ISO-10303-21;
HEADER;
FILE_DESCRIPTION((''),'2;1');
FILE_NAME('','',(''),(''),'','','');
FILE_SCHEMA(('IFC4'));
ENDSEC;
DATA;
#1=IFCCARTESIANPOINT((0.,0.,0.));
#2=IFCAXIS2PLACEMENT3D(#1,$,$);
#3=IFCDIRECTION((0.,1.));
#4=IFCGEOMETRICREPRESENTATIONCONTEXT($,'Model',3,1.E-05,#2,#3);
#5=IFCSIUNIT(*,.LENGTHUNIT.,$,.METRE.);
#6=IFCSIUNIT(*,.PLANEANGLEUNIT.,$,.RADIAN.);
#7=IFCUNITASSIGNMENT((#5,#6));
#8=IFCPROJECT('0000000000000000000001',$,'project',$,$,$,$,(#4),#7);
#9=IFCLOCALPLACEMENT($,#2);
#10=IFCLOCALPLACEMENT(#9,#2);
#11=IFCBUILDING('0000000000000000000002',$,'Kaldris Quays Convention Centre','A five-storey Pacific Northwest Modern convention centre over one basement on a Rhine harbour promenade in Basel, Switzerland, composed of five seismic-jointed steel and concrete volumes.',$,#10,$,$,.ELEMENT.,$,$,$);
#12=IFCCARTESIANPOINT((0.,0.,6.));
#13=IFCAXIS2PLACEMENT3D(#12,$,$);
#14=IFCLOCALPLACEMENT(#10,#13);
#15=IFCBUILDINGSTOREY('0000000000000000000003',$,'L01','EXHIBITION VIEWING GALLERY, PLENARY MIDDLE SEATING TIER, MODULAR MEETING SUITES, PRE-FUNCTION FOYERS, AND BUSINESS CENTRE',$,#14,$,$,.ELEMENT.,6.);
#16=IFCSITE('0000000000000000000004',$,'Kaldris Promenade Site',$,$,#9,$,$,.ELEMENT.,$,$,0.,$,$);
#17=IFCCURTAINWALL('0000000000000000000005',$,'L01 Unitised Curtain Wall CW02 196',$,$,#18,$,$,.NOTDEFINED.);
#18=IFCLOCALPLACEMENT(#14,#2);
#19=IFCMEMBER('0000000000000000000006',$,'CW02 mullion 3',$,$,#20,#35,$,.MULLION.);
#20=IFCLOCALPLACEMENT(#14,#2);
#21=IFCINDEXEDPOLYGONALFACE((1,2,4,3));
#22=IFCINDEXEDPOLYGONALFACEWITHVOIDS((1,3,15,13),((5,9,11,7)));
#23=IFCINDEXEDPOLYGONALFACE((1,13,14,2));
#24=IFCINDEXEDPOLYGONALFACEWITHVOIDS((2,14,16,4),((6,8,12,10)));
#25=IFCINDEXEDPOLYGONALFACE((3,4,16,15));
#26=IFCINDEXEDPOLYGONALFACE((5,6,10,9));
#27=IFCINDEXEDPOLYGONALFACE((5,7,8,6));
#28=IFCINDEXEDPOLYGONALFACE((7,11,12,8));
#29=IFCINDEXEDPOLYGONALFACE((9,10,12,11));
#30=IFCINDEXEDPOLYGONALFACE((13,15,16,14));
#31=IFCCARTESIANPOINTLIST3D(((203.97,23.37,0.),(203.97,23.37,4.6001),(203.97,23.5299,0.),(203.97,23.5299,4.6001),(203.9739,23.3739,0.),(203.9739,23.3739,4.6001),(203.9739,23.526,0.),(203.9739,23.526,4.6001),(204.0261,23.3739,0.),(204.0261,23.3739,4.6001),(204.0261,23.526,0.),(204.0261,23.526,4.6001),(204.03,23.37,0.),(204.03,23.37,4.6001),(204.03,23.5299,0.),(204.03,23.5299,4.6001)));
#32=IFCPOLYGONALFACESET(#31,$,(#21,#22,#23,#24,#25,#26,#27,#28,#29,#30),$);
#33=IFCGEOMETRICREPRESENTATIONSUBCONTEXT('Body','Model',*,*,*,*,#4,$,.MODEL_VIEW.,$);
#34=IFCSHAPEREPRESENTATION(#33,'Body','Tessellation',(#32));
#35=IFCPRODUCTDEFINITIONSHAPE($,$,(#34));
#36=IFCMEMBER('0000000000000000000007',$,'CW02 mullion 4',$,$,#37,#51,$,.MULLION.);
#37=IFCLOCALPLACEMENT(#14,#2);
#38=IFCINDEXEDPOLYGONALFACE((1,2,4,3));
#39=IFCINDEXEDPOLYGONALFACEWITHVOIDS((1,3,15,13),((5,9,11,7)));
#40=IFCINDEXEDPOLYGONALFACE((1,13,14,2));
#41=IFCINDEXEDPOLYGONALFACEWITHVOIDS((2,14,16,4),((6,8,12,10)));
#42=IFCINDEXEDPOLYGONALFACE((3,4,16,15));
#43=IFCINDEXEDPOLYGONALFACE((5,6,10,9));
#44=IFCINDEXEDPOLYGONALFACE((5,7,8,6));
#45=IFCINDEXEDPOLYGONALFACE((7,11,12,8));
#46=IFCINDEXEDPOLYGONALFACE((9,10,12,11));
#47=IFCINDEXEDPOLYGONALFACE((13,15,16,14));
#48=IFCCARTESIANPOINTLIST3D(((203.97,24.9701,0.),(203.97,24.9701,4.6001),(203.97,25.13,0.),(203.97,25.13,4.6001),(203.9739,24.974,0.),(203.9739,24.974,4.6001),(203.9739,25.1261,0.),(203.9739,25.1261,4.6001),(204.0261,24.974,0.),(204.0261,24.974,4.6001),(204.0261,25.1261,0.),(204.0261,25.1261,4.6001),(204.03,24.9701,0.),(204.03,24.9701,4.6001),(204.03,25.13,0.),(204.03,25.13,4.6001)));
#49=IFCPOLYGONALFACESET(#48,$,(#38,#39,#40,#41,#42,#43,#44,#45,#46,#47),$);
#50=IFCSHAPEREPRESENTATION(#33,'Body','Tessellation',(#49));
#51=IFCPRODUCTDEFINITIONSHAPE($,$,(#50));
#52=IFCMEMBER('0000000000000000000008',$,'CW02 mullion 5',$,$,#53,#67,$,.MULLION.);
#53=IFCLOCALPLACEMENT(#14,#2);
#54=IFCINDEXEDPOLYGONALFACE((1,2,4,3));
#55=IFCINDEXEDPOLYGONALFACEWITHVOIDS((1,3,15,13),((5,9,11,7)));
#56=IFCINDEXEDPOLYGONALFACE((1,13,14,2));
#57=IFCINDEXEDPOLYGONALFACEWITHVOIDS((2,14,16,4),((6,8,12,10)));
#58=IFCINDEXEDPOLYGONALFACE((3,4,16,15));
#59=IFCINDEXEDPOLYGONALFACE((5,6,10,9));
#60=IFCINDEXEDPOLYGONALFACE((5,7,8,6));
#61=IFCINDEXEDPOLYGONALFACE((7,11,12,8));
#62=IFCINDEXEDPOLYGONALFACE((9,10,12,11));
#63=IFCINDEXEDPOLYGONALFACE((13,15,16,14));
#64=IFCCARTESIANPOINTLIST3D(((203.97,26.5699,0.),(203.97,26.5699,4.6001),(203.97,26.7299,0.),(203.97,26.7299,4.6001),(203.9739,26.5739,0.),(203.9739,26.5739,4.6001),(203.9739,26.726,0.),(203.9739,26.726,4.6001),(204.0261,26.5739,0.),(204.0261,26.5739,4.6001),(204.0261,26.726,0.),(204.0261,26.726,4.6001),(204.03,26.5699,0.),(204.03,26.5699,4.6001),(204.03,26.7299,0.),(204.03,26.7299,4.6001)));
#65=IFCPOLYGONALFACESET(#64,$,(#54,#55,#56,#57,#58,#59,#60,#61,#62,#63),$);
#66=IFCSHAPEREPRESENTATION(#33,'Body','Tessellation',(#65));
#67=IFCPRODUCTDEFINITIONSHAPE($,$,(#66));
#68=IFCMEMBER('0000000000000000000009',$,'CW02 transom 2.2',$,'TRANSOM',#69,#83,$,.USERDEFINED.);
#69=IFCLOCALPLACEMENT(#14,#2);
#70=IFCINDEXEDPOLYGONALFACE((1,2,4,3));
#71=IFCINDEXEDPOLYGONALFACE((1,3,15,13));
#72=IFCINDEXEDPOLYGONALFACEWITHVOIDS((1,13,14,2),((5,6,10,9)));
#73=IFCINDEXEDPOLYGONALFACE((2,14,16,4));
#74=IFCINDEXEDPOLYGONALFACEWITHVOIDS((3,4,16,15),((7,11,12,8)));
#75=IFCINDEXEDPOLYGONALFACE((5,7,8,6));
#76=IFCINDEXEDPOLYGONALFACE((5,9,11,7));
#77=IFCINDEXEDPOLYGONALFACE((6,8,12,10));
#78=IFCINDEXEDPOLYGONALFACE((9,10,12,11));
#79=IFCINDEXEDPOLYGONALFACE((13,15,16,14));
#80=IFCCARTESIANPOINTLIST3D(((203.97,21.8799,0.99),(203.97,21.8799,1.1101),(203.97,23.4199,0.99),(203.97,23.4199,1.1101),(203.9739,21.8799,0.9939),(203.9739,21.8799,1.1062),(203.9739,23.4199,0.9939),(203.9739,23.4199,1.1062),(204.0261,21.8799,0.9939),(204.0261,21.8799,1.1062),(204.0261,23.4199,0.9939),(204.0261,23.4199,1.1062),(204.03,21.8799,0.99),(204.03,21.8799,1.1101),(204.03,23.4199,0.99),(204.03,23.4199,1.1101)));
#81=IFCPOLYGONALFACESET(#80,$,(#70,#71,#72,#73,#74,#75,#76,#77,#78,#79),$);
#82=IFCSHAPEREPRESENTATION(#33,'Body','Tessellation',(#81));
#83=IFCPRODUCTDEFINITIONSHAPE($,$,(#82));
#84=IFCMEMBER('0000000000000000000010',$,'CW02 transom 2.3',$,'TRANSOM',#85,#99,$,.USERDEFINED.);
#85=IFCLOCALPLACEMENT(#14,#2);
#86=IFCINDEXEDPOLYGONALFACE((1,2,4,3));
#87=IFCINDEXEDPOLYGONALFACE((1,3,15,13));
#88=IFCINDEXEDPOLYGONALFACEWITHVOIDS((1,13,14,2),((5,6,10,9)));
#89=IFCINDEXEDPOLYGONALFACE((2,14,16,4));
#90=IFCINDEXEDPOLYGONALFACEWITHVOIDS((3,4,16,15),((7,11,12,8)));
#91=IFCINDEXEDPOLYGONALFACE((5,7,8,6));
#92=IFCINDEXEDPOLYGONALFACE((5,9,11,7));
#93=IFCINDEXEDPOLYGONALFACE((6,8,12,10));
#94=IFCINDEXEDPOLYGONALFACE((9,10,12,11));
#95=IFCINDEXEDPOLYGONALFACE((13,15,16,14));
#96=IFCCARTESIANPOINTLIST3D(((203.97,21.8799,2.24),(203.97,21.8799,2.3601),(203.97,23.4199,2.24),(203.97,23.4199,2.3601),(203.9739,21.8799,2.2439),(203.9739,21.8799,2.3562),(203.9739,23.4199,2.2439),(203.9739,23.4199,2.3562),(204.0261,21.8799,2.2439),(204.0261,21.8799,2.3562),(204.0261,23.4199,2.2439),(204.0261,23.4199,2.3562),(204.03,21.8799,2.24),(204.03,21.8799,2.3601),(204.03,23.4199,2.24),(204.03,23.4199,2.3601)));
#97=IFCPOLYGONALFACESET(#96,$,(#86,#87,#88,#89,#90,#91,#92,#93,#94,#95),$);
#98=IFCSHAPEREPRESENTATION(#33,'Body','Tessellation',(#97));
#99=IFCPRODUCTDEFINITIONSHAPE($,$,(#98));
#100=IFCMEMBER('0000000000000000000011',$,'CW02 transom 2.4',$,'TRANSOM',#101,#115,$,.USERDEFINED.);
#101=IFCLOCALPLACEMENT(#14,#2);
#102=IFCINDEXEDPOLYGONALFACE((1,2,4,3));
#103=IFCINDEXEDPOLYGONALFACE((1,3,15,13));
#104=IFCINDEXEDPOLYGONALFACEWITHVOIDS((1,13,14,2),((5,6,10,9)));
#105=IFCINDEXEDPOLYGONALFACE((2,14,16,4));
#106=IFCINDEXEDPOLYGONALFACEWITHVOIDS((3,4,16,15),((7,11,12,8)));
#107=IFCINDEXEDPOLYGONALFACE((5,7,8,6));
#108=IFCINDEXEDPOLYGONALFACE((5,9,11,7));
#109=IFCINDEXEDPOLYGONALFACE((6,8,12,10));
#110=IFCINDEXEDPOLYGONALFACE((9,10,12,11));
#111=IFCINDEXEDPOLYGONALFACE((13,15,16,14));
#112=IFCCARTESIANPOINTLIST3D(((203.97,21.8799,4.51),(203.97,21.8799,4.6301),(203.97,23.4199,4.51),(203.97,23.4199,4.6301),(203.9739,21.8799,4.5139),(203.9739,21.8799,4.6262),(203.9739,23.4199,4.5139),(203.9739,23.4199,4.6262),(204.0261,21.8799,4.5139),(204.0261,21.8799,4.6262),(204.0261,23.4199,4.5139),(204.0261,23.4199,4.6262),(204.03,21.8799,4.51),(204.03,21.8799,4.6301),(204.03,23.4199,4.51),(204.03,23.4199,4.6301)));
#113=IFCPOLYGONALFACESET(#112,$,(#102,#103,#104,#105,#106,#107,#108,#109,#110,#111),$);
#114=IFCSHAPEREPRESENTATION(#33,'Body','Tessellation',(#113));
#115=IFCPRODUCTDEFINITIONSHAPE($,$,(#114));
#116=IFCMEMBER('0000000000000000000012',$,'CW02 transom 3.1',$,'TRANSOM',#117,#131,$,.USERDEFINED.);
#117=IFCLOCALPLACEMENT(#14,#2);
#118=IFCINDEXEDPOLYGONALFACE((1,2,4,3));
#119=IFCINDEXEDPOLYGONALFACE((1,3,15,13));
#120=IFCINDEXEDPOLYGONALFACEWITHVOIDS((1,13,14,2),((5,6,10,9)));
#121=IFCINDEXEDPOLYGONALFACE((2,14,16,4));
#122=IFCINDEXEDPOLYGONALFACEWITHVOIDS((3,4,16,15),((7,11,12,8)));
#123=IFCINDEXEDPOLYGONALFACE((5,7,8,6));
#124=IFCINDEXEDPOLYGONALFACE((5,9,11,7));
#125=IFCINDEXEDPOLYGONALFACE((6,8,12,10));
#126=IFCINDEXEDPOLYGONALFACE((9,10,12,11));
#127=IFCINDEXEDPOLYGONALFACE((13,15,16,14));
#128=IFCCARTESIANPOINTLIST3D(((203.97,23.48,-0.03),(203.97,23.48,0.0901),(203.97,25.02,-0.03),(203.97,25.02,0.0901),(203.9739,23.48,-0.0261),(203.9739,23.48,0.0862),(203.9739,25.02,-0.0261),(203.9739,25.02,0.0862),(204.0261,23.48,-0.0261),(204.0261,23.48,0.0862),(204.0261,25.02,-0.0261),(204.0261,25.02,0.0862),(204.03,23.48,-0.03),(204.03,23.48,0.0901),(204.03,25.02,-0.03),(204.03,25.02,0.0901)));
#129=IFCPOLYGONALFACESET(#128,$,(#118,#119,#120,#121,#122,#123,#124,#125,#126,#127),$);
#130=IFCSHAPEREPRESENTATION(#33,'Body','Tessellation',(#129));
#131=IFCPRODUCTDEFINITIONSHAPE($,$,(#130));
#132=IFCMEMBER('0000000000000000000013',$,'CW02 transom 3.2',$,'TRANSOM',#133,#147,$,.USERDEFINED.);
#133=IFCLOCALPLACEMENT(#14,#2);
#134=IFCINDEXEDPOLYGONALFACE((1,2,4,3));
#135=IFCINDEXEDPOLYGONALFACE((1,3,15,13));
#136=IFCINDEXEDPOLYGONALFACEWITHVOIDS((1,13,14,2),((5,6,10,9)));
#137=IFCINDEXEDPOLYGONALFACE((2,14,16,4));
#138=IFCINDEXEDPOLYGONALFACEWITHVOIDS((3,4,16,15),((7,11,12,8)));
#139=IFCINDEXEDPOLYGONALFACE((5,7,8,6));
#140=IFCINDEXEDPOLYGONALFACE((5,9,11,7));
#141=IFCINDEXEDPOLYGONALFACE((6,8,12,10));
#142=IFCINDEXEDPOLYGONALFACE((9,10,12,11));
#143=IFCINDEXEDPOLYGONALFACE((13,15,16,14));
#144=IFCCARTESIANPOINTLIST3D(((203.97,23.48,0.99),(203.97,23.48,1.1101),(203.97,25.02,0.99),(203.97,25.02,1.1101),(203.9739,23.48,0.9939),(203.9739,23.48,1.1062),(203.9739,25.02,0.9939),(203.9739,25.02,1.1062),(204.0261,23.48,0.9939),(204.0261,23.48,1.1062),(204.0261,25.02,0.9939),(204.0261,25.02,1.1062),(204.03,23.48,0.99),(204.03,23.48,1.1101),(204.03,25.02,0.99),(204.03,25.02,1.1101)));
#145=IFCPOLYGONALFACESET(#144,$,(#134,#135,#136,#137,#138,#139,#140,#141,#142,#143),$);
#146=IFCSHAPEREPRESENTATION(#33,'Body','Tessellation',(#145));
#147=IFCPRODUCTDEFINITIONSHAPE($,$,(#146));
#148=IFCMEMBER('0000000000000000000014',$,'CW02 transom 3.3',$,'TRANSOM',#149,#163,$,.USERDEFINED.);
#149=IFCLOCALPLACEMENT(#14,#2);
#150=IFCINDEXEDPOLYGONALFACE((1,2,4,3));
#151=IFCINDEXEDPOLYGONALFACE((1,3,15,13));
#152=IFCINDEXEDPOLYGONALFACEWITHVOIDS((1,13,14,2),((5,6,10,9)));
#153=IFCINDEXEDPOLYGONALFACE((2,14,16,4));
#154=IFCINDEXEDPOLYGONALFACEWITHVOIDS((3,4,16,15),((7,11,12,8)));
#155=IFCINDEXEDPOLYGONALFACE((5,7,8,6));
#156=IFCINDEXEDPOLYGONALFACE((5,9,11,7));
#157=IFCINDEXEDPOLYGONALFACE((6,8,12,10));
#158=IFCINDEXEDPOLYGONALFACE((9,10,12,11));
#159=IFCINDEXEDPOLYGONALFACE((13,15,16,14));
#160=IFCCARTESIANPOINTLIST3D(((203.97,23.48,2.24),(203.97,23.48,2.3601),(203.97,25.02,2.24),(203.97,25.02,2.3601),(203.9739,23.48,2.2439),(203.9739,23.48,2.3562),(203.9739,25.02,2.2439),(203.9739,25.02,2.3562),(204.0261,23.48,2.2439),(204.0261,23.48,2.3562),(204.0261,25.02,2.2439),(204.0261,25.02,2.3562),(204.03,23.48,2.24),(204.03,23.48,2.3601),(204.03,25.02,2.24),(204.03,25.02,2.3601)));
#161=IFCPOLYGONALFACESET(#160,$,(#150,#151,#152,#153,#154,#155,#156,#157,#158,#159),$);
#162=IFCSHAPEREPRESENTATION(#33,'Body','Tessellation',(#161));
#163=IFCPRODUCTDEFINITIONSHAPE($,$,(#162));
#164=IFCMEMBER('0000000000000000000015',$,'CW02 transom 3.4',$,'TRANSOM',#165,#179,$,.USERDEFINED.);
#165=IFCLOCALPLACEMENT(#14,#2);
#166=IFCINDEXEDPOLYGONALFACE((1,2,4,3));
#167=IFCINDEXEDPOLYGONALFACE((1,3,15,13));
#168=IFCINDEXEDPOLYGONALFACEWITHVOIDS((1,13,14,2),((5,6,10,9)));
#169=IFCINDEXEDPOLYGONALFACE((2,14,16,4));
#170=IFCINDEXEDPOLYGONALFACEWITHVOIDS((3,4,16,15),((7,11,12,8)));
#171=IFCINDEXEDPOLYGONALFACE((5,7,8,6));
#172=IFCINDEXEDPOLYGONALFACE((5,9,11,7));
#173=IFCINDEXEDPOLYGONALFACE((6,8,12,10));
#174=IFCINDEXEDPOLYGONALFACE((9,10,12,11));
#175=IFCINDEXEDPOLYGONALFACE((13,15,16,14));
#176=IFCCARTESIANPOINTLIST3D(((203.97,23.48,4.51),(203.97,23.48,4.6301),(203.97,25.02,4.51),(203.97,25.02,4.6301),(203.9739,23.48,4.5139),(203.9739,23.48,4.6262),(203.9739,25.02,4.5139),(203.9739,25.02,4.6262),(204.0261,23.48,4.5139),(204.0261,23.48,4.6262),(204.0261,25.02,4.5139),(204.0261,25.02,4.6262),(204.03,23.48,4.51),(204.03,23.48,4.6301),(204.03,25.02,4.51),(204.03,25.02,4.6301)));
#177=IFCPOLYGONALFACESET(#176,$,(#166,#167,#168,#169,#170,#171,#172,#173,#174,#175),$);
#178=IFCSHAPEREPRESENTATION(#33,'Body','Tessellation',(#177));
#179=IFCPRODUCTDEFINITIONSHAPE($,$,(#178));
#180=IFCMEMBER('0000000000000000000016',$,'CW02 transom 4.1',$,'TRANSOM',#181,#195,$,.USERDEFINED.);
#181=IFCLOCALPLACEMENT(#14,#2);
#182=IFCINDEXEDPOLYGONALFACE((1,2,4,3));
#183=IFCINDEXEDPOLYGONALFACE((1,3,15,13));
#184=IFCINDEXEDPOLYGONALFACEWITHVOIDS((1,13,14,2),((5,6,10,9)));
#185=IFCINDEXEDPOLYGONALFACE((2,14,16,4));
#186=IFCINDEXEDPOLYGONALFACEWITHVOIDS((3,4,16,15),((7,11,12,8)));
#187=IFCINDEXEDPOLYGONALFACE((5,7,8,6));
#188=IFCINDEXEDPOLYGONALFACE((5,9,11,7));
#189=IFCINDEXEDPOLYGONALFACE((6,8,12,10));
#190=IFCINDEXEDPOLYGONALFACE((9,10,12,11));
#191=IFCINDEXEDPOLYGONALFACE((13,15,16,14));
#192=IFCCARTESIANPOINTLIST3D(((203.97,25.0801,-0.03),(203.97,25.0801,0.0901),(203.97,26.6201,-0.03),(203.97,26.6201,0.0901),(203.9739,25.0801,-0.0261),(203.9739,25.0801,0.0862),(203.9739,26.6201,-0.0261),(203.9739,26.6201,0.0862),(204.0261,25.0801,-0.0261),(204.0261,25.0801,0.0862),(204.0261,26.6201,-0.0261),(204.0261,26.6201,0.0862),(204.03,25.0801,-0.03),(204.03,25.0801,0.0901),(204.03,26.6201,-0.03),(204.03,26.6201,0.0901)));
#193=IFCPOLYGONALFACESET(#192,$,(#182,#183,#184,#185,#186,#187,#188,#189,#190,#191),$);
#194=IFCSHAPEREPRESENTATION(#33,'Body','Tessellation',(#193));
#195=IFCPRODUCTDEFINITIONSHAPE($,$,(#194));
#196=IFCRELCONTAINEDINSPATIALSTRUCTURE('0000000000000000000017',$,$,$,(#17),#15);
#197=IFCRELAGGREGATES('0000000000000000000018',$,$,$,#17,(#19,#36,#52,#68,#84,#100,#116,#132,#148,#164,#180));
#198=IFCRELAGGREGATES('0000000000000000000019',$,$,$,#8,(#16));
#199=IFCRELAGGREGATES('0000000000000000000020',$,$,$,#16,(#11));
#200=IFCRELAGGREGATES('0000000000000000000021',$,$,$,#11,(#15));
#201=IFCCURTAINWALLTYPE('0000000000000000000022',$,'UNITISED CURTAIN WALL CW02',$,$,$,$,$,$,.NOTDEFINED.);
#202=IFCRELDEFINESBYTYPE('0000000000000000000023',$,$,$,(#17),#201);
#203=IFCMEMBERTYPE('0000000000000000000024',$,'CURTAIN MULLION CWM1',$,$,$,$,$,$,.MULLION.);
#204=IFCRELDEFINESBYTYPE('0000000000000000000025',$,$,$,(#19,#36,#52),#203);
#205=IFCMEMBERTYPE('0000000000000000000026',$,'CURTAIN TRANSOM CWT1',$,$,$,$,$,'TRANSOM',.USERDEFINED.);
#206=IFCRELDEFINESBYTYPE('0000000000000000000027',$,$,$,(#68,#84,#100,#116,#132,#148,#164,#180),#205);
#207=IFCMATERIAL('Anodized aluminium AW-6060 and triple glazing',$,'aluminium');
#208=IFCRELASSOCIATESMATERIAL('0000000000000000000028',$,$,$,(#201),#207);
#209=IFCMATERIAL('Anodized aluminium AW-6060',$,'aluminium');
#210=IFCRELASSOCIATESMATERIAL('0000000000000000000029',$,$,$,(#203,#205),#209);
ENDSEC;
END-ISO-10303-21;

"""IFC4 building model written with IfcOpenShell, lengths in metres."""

from ifc_helpers import new_model, si_unit, direction, frame, origin, origin_2d, place, context, subcontext, project, spatial, hollow_rectangle, extrude, material, material_profile, profile_set, type_object, element, aggregate, save


model = new_model("IFC4")

# Units and contexts
model_context = context("Model", 3, precision=1e-05, world=origin(), true_north=direction((0.0, 1.0)))
body_context = subcontext(model_context, "Body", "Model", "MODEL_VIEW")
ifc_project = project(units=[si_unit("LENGTHUNIT", "METRE"), si_unit("PLANEANGLEUNIT", "RADIAN")], contexts=[model_context])

# Site, building, storey
site_placement = place(None, origin())
site = spatial("IfcSite", under=ifc_project, at=site_placement, Name="Kaldris Promenade Site", CompositionType="ELEMENT", RefElevation=0.0)
building_placement = place(site_placement, origin())
building = spatial("IfcBuilding", under=site, at=building_placement, Name="Kaldris Quays Convention Centre", Description="A five-storey Pacific Northwest Modern convention centre over one basement on a Rhine harbour promenade in Basel, Switzerland, composed of five seismic-jointed steel and concrete volumes.", CompositionType="ELEMENT")
storey_placement = place(building_placement, frame((0.0, 0.0, 6.0)))
storey = spatial("IfcBuildingStorey", under=building, at=storey_placement, Name="L01", Description="EXHIBITION VIEWING GALLERY, PLENARY MIDDLE SEATING TIER, MODULAR MEETING SUITES, PRE-FUNCTION FOYERS, AND BUSINESS CENTRE", CompositionType="ELEMENT", Elevation=6.0)

# Curtain wall, members
ifc_material_1 = material(Name="Anodized aluminium AW-6060 and triple glazing", Category="aluminium")
curtain_wall_type = type_object("IfcCurtainWallType", Name="UNITISED CURTAIN WALL CW02", PredefinedType="NOTDEFINED", material=ifc_material_1)
curtain_wall_placement = place(storey_placement, origin())
curtain_wall = element("IfcCurtainWall", 1, at=curtain_wall_placement, inside=storey, type_object=curtain_wall_type, Name="L01 Unitised Curtain Wall CW02 196", PredefinedType="NOTDEFINED")
ifc_material_2 = material(Name="Anodized aluminium AW-6060", Category="aluminium")
ifc_material_profile_1 = material_profile(ifc_material_2, hollow_rectangle(XDim=0.0601, YDim=0.1599, WallThickness=0.0039, at=origin_2d()), Name="RHS 160x60x4")
ifc_profile_set_1 = profile_set([ifc_material_profile_1], Name="Anodized aluminium AW-6060")
member_type_1 = type_object("IfcMemberType", Name="CURTAIN MULLION CWM1", PredefinedType="MULLION", material=ifc_profile_set_1)
member_1_placement = place(storey_placement, frame((204.0, 23.45, 0.0), z_axis=(0.0, 0.0, 1.0), x_axis=(-1.0, 0.0, 0.0)))
member_1 = element("IfcMember", 2, at=member_1_placement, type_object=member_type_1, Name="CW02 mullion 3", PredefinedType="MULLION", context=body_context, shape_type="SweptSolid", body=[
    extrude(hollow_rectangle(XDim=0.0601, YDim=0.1599, WallThickness=0.0039, at=origin_2d()), origin(), (0.0, 0.0, 1.0), 4.6001),
])
member_2_placement = place(storey_placement, frame((204.0, 25.05, 0.0), z_axis=(0.0, 0.0, 1.0), x_axis=(-1.0, 0.0, 0.0)))
member_2 = element("IfcMember", 3, at=member_2_placement, type_object=member_type_1, Name="CW02 mullion 4", PredefinedType="MULLION", context=body_context, shape_type="SweptSolid", body=[
    extrude(hollow_rectangle(XDim=0.0601, YDim=0.1599, WallThickness=0.0039, at=origin_2d()), origin(), (0.0, 0.0, 1.0), 4.6001),
])
member_3_placement = place(storey_placement, frame((204.0, 26.6499, 0.0), z_axis=(0.0, 0.0, 1.0), x_axis=(-1.0, 0.0, 0.0)))
member_3 = element("IfcMember", 4, at=member_3_placement, type_object=member_type_1, Name="CW02 mullion 5", PredefinedType="MULLION", context=body_context, shape_type="SweptSolid", body=[
    extrude(hollow_rectangle(XDim=0.0601, YDim=0.1599, WallThickness=0.0039, at=origin_2d()), origin(), (0.0, 0.0, 1.0), 4.6001),
])
ifc_material_profile_2 = material_profile(ifc_material_2, hollow_rectangle(XDim=0.0601, YDim=0.1201, WallThickness=0.0039, at=origin_2d()), Name="RHS 120x60x4")
ifc_profile_set_2 = profile_set([ifc_material_profile_2], Name="Anodized aluminium AW-6060")
member_type_2 = type_object("IfcMemberType", Name="CURTAIN TRANSOM CWT1", ElementType="TRANSOM", PredefinedType="USERDEFINED", material=ifc_profile_set_2)
member_4_placement = place(storey_placement, frame((204.0, 21.8799, 1.05), z_axis=(0.0, 1.0, 0.0), x_axis=(-1.0, 0.0, 0.0)))
member_4 = element("IfcMember", 5, at=member_4_placement, type_object=member_type_2, Name="CW02 transom 2.2", ObjectType="TRANSOM", PredefinedType="USERDEFINED", context=body_context, shape_type="SweptSolid", body=[
    extrude(hollow_rectangle(XDim=0.0601, YDim=0.1201, WallThickness=0.0039, at=origin_2d()), origin(), (0.0, 0.0, 1.0), 1.54),
])
member_5_placement = place(storey_placement, frame((204.0, 21.8799, 2.3), z_axis=(0.0, 1.0, 0.0), x_axis=(-1.0, 0.0, 0.0)))
member_5 = element("IfcMember", 6, at=member_5_placement, type_object=member_type_2, Name="CW02 transom 2.3", ObjectType="TRANSOM", PredefinedType="USERDEFINED", context=body_context, shape_type="SweptSolid", body=[
    extrude(hollow_rectangle(XDim=0.0601, YDim=0.1201, WallThickness=0.0039, at=origin_2d()), origin(), (0.0, 0.0, 1.0), 1.54),
])
member_6_placement = place(storey_placement, frame((204.0, 21.8799, 4.5701), z_axis=(0.0, 1.0, 0.0), x_axis=(-1.0, 0.0, 0.0)))
member_6 = element("IfcMember", 7, at=member_6_placement, type_object=member_type_2, Name="CW02 transom 2.4", ObjectType="TRANSOM", PredefinedType="USERDEFINED", context=body_context, shape_type="SweptSolid", body=[
    extrude(hollow_rectangle(XDim=0.0601, YDim=0.1201, WallThickness=0.0039, at=origin_2d()), origin(), (0.0, 0.0, 1.0), 1.54),
])
member_7_placement = place(storey_placement, frame((204.0, 23.48, 0.03), z_axis=(0.0, 1.0, 0.0), x_axis=(-1.0, 0.0, 0.0)))
member_7 = element("IfcMember", 8, at=member_7_placement, type_object=member_type_2, Name="CW02 transom 3.1", ObjectType="TRANSOM", PredefinedType="USERDEFINED", context=body_context, shape_type="SweptSolid", body=[
    extrude(hollow_rectangle(XDim=0.0601, YDim=0.1201, WallThickness=0.0039, at=origin_2d()), origin(), (0.0, 0.0, 1.0), 1.54),
])
member_8_placement = place(storey_placement, frame((204.0, 23.48, 1.05), z_axis=(0.0, 1.0, 0.0), x_axis=(-1.0, 0.0, 0.0)))
member_8 = element("IfcMember", 9, at=member_8_placement, type_object=member_type_2, Name="CW02 transom 3.2", ObjectType="TRANSOM", PredefinedType="USERDEFINED", context=body_context, shape_type="SweptSolid", body=[
    extrude(hollow_rectangle(XDim=0.0601, YDim=0.1201, WallThickness=0.0039, at=origin_2d()), origin(), (0.0, 0.0, 1.0), 1.54),
])
member_9_placement = place(storey_placement, frame((204.0, 23.48, 2.3), z_axis=(0.0, 1.0, 0.0), x_axis=(-1.0, 0.0, 0.0)))
member_9 = element("IfcMember", 10, at=member_9_placement, type_object=member_type_2, Name="CW02 transom 3.3", ObjectType="TRANSOM", PredefinedType="USERDEFINED", context=body_context, shape_type="SweptSolid", body=[
    extrude(hollow_rectangle(XDim=0.0601, YDim=0.1201, WallThickness=0.0039, at=origin_2d()), origin(), (0.0, 0.0, 1.0), 1.54),
])
member_10_placement = place(storey_placement, frame((204.0, 23.48, 4.5701), z_axis=(0.0, 1.0, 0.0), x_axis=(-1.0, 0.0, 0.0)))
member_10 = element("IfcMember", 11, at=member_10_placement, type_object=member_type_2, Name="CW02 transom 3.4", ObjectType="TRANSOM", PredefinedType="USERDEFINED", context=body_context, shape_type="SweptSolid", body=[
    extrude(hollow_rectangle(XDim=0.0601, YDim=0.1201, WallThickness=0.0039, at=origin_2d()), origin(), (0.0, 0.0, 1.0), 1.54),
])
member_11_placement = place(storey_placement, frame((204.0, 25.0801, 0.03), z_axis=(0.0, 1.0, 0.0), x_axis=(-1.0, 0.0, 0.0)))
member_11 = element("IfcMember", 12, at=member_11_placement, type_object=member_type_2, Name="CW02 transom 4.1", ObjectType="TRANSOM", PredefinedType="USERDEFINED", context=body_context, shape_type="SweptSolid", body=[
    extrude(hollow_rectangle(XDim=0.0601, YDim=0.1201, WallThickness=0.0039, at=origin_2d()), origin(), (0.0, 0.0, 1.0), 1.54),
])
aggregate(curtain_wall, [member_1, member_2, member_3, member_4, member_5, member_6, member_7, member_8, member_9, member_10, member_11])

save(model, "model.ifc")
